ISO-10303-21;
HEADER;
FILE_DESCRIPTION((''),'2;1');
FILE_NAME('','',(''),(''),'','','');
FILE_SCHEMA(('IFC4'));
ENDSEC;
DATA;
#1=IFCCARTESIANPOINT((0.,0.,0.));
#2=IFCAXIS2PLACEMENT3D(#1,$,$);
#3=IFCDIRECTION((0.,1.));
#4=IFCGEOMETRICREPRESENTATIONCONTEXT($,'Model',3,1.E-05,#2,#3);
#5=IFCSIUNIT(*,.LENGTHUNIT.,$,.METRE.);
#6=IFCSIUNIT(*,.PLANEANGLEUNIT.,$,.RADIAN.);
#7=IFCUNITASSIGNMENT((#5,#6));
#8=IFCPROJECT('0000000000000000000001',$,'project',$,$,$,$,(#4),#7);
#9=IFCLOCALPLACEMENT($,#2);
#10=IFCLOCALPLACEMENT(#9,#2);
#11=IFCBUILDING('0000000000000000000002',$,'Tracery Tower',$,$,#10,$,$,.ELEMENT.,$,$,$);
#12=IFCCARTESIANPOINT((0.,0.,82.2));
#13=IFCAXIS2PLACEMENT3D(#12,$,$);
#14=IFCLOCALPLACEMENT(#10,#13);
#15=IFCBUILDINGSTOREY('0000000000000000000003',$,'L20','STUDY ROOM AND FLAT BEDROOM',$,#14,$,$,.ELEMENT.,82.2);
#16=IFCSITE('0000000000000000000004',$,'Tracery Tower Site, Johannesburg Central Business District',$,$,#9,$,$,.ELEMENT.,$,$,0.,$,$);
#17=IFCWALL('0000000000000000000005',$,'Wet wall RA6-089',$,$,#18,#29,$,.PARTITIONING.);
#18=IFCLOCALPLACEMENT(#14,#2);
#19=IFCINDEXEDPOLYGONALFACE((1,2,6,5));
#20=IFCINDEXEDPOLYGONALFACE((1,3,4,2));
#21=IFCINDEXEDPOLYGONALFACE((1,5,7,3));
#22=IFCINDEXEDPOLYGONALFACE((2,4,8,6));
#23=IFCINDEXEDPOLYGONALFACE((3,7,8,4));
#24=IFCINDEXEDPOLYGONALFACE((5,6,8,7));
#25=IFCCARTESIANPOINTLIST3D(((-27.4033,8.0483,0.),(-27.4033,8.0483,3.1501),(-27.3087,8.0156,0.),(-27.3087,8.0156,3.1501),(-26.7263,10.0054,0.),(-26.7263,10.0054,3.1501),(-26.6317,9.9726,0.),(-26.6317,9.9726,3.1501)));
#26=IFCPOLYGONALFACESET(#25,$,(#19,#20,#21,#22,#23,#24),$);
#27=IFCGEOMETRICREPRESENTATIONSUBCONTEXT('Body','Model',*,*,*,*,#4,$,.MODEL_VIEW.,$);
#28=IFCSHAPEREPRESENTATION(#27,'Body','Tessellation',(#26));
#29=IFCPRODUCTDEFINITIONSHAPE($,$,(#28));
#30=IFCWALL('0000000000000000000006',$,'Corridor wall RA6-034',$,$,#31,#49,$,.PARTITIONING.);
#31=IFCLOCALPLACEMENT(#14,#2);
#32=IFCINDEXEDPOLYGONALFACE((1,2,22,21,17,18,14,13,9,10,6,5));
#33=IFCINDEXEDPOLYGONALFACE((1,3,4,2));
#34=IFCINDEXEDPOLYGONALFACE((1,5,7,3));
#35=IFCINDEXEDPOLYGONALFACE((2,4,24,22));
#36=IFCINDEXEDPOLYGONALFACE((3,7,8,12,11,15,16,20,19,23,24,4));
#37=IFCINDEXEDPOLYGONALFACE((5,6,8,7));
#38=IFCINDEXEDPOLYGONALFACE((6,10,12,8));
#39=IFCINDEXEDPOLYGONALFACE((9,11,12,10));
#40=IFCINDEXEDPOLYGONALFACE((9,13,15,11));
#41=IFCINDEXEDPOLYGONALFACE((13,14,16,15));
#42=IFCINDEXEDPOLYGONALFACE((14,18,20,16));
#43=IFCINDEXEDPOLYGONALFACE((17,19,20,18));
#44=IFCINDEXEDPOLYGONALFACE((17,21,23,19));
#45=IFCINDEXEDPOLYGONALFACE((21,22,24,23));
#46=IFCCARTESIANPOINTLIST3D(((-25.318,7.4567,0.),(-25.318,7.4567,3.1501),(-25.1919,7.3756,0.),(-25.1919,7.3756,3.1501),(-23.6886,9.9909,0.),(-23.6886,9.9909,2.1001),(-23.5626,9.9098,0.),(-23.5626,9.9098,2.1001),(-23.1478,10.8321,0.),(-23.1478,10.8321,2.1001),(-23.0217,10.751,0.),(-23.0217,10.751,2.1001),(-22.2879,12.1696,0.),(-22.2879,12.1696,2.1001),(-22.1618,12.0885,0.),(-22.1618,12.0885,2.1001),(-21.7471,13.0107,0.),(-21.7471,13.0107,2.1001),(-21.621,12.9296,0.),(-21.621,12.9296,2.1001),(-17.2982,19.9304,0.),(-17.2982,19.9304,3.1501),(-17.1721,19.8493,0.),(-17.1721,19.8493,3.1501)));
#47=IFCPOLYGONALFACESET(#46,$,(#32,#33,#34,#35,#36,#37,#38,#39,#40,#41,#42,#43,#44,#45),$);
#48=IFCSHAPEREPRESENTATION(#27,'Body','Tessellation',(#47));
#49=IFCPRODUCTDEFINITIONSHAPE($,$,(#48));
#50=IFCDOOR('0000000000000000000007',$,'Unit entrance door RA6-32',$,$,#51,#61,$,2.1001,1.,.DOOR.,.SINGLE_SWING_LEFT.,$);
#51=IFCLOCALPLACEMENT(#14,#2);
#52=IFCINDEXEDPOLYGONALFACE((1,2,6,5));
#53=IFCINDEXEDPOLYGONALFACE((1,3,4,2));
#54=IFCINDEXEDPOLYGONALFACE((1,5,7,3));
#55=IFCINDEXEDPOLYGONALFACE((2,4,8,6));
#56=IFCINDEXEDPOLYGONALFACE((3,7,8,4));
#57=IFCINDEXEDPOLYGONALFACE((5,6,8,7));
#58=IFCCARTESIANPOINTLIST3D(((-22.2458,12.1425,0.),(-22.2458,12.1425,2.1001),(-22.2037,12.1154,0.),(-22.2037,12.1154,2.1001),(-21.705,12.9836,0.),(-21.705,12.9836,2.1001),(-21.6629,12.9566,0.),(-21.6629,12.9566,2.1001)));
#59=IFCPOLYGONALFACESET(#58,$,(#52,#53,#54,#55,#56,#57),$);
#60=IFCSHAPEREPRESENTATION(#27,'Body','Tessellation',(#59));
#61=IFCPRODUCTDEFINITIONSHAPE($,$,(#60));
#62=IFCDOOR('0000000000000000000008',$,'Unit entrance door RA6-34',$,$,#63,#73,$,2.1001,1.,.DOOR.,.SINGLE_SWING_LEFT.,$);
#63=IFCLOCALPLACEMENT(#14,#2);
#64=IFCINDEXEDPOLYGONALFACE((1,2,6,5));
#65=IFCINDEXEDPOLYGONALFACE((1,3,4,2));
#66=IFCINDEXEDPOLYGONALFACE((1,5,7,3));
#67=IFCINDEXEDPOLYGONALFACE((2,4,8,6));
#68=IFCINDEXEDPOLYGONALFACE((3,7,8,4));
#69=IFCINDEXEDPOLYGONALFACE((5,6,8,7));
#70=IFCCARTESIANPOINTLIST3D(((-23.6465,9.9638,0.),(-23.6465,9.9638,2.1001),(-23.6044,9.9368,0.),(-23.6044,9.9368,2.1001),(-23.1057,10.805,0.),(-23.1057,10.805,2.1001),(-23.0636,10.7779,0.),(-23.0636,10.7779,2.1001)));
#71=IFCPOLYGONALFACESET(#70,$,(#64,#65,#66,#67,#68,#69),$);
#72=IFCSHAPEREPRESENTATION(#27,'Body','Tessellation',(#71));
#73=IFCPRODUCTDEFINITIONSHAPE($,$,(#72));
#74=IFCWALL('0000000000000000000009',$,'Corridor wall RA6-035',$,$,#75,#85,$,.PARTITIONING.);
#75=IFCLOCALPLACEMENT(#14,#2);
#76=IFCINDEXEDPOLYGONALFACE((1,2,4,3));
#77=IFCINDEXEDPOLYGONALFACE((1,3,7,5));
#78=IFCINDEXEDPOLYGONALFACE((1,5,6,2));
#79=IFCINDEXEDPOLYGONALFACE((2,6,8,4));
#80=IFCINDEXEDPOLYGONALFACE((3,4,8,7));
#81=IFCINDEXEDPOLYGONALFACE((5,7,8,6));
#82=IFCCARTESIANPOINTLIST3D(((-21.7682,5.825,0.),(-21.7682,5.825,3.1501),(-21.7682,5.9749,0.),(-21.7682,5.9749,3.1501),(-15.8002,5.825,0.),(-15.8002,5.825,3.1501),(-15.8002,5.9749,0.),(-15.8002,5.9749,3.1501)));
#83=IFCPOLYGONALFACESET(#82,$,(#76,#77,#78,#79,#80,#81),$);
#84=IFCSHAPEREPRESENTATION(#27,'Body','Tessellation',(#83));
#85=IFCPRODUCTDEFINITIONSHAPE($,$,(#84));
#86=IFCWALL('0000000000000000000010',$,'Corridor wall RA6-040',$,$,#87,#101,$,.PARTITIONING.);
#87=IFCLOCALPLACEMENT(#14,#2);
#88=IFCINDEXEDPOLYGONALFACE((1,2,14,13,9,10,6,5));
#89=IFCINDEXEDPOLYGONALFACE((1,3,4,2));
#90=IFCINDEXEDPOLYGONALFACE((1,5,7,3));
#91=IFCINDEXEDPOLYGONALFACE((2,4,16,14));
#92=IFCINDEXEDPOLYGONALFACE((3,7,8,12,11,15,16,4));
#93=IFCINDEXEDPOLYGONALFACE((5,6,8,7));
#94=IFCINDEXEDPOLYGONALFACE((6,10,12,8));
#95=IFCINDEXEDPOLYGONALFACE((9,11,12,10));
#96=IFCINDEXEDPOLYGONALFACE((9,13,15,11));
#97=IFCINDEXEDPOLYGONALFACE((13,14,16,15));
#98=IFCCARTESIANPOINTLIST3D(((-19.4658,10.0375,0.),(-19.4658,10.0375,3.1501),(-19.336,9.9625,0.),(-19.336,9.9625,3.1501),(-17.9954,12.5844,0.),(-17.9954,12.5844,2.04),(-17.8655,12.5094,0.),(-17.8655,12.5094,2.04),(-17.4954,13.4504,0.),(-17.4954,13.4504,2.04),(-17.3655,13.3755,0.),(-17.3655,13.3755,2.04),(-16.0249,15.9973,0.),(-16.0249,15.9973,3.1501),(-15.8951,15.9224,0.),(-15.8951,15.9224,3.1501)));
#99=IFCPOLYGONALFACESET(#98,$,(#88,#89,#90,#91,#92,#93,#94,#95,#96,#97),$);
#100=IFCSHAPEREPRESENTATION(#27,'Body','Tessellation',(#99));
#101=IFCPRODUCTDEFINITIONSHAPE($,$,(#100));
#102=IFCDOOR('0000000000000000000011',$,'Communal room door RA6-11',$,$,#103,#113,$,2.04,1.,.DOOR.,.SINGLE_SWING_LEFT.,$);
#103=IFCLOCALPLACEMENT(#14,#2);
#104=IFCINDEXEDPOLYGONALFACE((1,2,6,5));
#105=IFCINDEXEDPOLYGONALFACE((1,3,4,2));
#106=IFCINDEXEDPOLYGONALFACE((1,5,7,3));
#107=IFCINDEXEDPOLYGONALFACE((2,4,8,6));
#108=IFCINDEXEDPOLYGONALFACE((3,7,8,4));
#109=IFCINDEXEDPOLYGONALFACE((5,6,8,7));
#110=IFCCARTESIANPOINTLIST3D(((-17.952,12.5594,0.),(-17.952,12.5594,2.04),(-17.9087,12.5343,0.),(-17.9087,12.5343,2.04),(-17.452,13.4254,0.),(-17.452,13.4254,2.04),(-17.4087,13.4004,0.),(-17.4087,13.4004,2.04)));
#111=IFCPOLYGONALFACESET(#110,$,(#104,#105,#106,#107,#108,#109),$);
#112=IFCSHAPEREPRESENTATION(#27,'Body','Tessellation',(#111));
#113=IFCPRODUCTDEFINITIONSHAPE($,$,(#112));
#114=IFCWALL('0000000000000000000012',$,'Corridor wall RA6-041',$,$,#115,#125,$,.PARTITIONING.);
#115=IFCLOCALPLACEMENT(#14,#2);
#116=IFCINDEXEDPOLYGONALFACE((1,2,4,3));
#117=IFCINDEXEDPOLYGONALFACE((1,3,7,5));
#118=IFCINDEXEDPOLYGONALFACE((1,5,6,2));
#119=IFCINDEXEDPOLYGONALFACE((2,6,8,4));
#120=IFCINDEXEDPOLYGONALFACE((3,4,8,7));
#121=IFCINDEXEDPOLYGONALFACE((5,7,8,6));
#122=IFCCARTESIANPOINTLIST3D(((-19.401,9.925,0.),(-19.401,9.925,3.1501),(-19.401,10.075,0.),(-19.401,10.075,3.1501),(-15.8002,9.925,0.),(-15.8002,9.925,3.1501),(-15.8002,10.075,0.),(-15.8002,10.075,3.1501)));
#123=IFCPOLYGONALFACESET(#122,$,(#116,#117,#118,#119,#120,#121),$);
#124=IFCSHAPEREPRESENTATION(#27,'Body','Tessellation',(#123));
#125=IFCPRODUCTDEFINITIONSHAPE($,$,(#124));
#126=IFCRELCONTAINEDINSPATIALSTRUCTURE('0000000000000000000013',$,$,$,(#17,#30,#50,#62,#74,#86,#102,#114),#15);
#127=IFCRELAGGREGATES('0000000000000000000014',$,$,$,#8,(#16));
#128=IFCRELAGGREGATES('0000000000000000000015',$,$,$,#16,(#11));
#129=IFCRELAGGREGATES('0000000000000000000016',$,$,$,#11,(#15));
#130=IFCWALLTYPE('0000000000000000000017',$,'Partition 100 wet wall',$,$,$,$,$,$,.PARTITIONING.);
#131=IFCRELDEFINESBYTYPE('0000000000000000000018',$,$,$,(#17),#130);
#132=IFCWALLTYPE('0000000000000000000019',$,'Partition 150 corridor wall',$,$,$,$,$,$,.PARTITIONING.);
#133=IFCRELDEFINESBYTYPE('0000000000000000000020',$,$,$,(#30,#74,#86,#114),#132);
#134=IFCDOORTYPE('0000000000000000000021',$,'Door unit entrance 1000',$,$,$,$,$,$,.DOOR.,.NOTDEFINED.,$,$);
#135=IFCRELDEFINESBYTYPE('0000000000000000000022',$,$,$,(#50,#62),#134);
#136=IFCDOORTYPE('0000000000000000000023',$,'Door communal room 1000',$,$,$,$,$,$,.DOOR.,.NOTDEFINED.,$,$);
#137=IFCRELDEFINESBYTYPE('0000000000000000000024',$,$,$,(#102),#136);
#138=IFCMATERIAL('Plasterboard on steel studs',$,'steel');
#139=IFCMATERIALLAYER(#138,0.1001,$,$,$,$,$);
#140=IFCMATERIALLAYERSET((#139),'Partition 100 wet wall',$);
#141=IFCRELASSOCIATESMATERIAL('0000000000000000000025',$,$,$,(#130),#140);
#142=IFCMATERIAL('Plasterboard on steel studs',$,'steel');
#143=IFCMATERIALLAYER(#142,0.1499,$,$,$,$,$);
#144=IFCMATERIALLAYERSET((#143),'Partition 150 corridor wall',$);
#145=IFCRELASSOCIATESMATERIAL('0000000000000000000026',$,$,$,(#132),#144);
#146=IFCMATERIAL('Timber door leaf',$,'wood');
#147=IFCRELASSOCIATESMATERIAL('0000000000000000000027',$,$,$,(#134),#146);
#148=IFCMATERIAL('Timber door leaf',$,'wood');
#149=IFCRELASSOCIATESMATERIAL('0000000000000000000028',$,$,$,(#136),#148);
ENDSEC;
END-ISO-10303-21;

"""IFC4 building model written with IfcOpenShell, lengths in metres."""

from ifc_helpers import new_model, si_unit, direction, frame, frame_2d, origin, place, context, subcontext, project, spatial, rectangle, extrude, material, layer, layer_set, type_object, element, fill, save


model = new_model("IFC4")

# Units and contexts
model_context = context("Model", 3, precision=1e-05, world=origin(), true_north=direction((0.0, 1.0)))
body_context = subcontext(model_context, "Body", "Model", "MODEL_VIEW")
ifc_project = project(units=[si_unit("LENGTHUNIT", "METRE"), si_unit("PLANEANGLEUNIT", "RADIAN")], contexts=[model_context])

# Site, building, storey
site_placement = place(None, origin())
site = spatial("IfcSite", under=ifc_project, at=site_placement, Name="Tracery Tower Site, Johannesburg Central Business District", CompositionType="ELEMENT", RefElevation=0.0)
building_placement = place(site_placement, origin())
building = spatial("IfcBuilding", under=site, at=building_placement, Name="Tracery Tower", CompositionType="ELEMENT")
storey_placement = place(building_placement, frame((0.0, 0.0, 82.2)))
storey = spatial("IfcBuildingStorey", under=building, at=storey_placement, Name="L20", Description="STUDY ROOM AND FLAT BEDROOM", CompositionType="ELEMENT", Elevation=82.2)

# Shared definitions
ifc_material_1 = material(Name="Plasterboard on steel studs", Category="steel")
ifc_layer_1 = layer(ifc_material_1, 0.1001)
ifc_layer_set_1 = layer_set([ifc_layer_1], Name="Partition 100 wet wall")
wall_type_1 = type_object("IfcWallType", Name="Partition 100 wet wall", PredefinedType="PARTITIONING", material=ifc_layer_set_1)

# Wall
wall_1_placement = place(storey_placement, frame((-27.356, 8.032, 0.0), z_axis=(0.0, 0.0, 1.0), x_axis=(0.326924, 0.945051, 0.0)))
element("IfcWall", 1, at=wall_1_placement, inside=storey, type_object=wall_type_1, Name="Wet wall RA6-089", PredefinedType="PARTITIONING", context=body_context, shape_type="SweptSolid", body=[
    extrude(rectangle(XDim=2.0708, YDim=0.1001, at=frame_2d((1.0354, 0.0))), origin(), (0.0, 0.0, 1.0), 3.1501),
])

# Wall, openings, doors
ifc_material_2 = material(Name="Plasterboard on steel studs", Category="steel")
ifc_layer_2 = layer(ifc_material_2, 0.1499)
ifc_layer_set_2 = layer_set([ifc_layer_2], Name="Partition 150 corridor wall")
wall_type_2 = type_object("IfcWallType", Name="Partition 150 corridor wall", PredefinedType="PARTITIONING", material=ifc_layer_set_2)
wall_2_placement = place(storey_placement, frame((-25.2549, 7.4163, 0.0), z_axis=(0.0, 0.0, 1.0), x_axis=(0.540806, 0.841147, 0.0)))
wall_2 = element("IfcWall", 2, at=wall_2_placement, inside=storey, type_object=wall_type_2, Name="Corridor wall RA6-034", PredefinedType="PARTITIONING", context=body_context, shape_type="SweptSolid", body=[
    extrude(rectangle(XDim=14.8293, YDim=0.1499, at=frame_2d((7.4146, 0.0))), origin(), (0.0, 0.0, 1.0), 3.1501),
])
opening_1_placement = place(wall_2_placement, frame((5.6028, 0.0, 0.0)))
opening_1 = element("IfcOpeningElement", 3, at=opening_1_placement, cuts=wall_2, PredefinedType="OPENING", context=body_context, shape_type="SweptSolid", body=[
    extrude(rectangle(XDim=1.0, YDim=2.1001, at=frame_2d((0.5, 1.05))), frame((0.0, 0.075, 0.0), z_axis=(0.0, -1.0, 0.0), x_axis=(1.0, 0.0, 0.0)), (0.0, 0.0, 1.0), 0.1499),
])
opening_2_placement = place(wall_2_placement, frame((3.0127, 0.0, 0.0)))
opening_2 = element("IfcOpeningElement", 4, at=opening_2_placement, cuts=wall_2, PredefinedType="OPENING", context=body_context, shape_type="SweptSolid", body=[
    extrude(rectangle(XDim=1.0, YDim=2.1001, at=frame_2d((0.5, 1.05))), frame((0.0, 0.075, 0.0), z_axis=(0.0, -1.0, 0.0), x_axis=(1.0, 0.0, 0.0)), (0.0, 0.0, 1.0), 0.1499),
])
ifc_material_3 = material(Name="Timber door leaf", Category="wood")
door_type_1 = type_object("IfcDoorType", Name="Door unit entrance 1000", OperationType="NOTDEFINED", PredefinedType="DOOR", material=ifc_material_3)
door_1_placement = place(opening_1_placement, origin())
door_1 = element("IfcDoor", 5, at=door_1_placement, inside=storey, type_object=door_type_1, Name="Unit entrance door RA6-32", OperationType="SINGLE_SWING_LEFT", OverallHeight=2.1001, OverallWidth=1.0, PredefinedType="DOOR", context=body_context, shape_type="SweptSolid", body=[
    extrude(rectangle(XDim=1.0, YDim=2.1001, at=frame_2d((0.5, 1.05))), frame((0.0, 0.0249, 0.0), z_axis=(0.0, -1.0, 0.0), x_axis=(1.0, 0.0, 0.0)), (0.0, 0.0, 1.0), 0.05),
])
fill(opening_1, door_1)
door_2_placement = place(opening_2_placement, origin())
door_2 = element("IfcDoor", 6, at=door_2_placement, inside=storey, type_object=door_type_1, Name="Unit entrance door RA6-34", OperationType="SINGLE_SWING_LEFT", OverallHeight=2.1001, OverallWidth=1.0, PredefinedType="DOOR", context=body_context, shape_type="SweptSolid", body=[
    extrude(rectangle(XDim=1.0, YDim=2.1001, at=frame_2d((0.5, 1.05))), frame((0.0, 0.0249, 0.0), z_axis=(0.0, -1.0, 0.0), x_axis=(1.0, 0.0, 0.0)), (0.0, 0.0, 1.0), 0.05),
])
fill(opening_2, door_2)

# Wall
wall_3_placement = place(storey_placement, frame((-21.7681, 5.8999, 0.0), z_axis=(0.0, 0.0, 1.0), x_axis=(1.0, 0.0, 0.0)))
element("IfcWall", 7, at=wall_3_placement, inside=storey, type_object=wall_type_2, Name="Corridor wall RA6-035", PredefinedType="PARTITIONING", context=body_context, shape_type="SweptSolid", body=[
    extrude(rectangle(XDim=5.968, YDim=0.1499, at=frame_2d((2.9839, 0.0))), origin(), (0.0, 0.0, 1.0), 3.1501),
])

# Wall, opening, door
wall_4_placement = place(storey_placement, frame((-19.4009, 10.0, 0.0), z_axis=(0.0, 0.0, 1.0), x_axis=(0.499993, 0.86603, 0.0)))
wall_4 = element("IfcWall", 8, at=wall_4_placement, inside=storey, type_object=wall_type_2, Name="Corridor wall RA6-040", PredefinedType="PARTITIONING", context=body_context, shape_type="SweptSolid", body=[
    extrude(rectangle(XDim=6.8818, YDim=0.1499, at=frame_2d((3.4409, 0.0))), origin(), (0.0, 0.0, 1.0), 3.1501),
])
opening_3_placement = place(wall_4_placement, frame((2.9409, 0.0, 0.0)))
opening_3 = element("IfcOpeningElement", 9, at=opening_3_placement, cuts=wall_4, PredefinedType="OPENING", context=body_context, shape_type="SweptSolid", body=[
    extrude(rectangle(XDim=1.0, YDim=2.04, at=frame_2d((0.5, 1.02))), frame((0.0, 0.075, 0.0), z_axis=(0.0, -1.0, 0.0), x_axis=(1.0, 0.0, 0.0)), (0.0, 0.0, 1.0), 0.1499),
])
ifc_material_4 = material(Name="Timber door leaf", Category="wood")
door_type_2 = type_object("IfcDoorType", Name="Door communal room 1000", OperationType="NOTDEFINED", PredefinedType="DOOR", material=ifc_material_4)
door_3_placement = place(opening_3_placement, origin())
door_3 = element("IfcDoor", 10, at=door_3_placement, inside=storey, type_object=door_type_2, Name="Communal room door RA6-11", OperationType="SINGLE_SWING_LEFT", OverallHeight=2.04, OverallWidth=1.0, PredefinedType="DOOR", context=body_context, shape_type="SweptSolid", body=[
    extrude(rectangle(XDim=1.0, YDim=2.04, at=frame_2d((0.5, 1.02))), frame((0.0, 0.0249, 0.0), z_axis=(0.0, -1.0, 0.0), x_axis=(1.0, 0.0, 0.0)), (0.0, 0.0, 1.0), 0.05),
])
fill(opening_3, door_3)

# Wall
wall_5_placement = place(storey_placement, frame((-19.4009, 10.0, 0.0), z_axis=(0.0, 0.0, 1.0), x_axis=(1.0, 0.0, 0.0)))
element("IfcWall", 11, at=wall_5_placement, inside=storey, type_object=wall_type_2, Name="Corridor wall RA6-041", PredefinedType="PARTITIONING", context=body_context, shape_type="SweptSolid", body=[
    extrude(rectangle(XDim=3.6008, YDim=0.1499, at=frame_2d((1.8003, 0.0))), origin(), (0.0, 0.0, 1.0), 3.1501),
])

save(model, "model.ifc")
